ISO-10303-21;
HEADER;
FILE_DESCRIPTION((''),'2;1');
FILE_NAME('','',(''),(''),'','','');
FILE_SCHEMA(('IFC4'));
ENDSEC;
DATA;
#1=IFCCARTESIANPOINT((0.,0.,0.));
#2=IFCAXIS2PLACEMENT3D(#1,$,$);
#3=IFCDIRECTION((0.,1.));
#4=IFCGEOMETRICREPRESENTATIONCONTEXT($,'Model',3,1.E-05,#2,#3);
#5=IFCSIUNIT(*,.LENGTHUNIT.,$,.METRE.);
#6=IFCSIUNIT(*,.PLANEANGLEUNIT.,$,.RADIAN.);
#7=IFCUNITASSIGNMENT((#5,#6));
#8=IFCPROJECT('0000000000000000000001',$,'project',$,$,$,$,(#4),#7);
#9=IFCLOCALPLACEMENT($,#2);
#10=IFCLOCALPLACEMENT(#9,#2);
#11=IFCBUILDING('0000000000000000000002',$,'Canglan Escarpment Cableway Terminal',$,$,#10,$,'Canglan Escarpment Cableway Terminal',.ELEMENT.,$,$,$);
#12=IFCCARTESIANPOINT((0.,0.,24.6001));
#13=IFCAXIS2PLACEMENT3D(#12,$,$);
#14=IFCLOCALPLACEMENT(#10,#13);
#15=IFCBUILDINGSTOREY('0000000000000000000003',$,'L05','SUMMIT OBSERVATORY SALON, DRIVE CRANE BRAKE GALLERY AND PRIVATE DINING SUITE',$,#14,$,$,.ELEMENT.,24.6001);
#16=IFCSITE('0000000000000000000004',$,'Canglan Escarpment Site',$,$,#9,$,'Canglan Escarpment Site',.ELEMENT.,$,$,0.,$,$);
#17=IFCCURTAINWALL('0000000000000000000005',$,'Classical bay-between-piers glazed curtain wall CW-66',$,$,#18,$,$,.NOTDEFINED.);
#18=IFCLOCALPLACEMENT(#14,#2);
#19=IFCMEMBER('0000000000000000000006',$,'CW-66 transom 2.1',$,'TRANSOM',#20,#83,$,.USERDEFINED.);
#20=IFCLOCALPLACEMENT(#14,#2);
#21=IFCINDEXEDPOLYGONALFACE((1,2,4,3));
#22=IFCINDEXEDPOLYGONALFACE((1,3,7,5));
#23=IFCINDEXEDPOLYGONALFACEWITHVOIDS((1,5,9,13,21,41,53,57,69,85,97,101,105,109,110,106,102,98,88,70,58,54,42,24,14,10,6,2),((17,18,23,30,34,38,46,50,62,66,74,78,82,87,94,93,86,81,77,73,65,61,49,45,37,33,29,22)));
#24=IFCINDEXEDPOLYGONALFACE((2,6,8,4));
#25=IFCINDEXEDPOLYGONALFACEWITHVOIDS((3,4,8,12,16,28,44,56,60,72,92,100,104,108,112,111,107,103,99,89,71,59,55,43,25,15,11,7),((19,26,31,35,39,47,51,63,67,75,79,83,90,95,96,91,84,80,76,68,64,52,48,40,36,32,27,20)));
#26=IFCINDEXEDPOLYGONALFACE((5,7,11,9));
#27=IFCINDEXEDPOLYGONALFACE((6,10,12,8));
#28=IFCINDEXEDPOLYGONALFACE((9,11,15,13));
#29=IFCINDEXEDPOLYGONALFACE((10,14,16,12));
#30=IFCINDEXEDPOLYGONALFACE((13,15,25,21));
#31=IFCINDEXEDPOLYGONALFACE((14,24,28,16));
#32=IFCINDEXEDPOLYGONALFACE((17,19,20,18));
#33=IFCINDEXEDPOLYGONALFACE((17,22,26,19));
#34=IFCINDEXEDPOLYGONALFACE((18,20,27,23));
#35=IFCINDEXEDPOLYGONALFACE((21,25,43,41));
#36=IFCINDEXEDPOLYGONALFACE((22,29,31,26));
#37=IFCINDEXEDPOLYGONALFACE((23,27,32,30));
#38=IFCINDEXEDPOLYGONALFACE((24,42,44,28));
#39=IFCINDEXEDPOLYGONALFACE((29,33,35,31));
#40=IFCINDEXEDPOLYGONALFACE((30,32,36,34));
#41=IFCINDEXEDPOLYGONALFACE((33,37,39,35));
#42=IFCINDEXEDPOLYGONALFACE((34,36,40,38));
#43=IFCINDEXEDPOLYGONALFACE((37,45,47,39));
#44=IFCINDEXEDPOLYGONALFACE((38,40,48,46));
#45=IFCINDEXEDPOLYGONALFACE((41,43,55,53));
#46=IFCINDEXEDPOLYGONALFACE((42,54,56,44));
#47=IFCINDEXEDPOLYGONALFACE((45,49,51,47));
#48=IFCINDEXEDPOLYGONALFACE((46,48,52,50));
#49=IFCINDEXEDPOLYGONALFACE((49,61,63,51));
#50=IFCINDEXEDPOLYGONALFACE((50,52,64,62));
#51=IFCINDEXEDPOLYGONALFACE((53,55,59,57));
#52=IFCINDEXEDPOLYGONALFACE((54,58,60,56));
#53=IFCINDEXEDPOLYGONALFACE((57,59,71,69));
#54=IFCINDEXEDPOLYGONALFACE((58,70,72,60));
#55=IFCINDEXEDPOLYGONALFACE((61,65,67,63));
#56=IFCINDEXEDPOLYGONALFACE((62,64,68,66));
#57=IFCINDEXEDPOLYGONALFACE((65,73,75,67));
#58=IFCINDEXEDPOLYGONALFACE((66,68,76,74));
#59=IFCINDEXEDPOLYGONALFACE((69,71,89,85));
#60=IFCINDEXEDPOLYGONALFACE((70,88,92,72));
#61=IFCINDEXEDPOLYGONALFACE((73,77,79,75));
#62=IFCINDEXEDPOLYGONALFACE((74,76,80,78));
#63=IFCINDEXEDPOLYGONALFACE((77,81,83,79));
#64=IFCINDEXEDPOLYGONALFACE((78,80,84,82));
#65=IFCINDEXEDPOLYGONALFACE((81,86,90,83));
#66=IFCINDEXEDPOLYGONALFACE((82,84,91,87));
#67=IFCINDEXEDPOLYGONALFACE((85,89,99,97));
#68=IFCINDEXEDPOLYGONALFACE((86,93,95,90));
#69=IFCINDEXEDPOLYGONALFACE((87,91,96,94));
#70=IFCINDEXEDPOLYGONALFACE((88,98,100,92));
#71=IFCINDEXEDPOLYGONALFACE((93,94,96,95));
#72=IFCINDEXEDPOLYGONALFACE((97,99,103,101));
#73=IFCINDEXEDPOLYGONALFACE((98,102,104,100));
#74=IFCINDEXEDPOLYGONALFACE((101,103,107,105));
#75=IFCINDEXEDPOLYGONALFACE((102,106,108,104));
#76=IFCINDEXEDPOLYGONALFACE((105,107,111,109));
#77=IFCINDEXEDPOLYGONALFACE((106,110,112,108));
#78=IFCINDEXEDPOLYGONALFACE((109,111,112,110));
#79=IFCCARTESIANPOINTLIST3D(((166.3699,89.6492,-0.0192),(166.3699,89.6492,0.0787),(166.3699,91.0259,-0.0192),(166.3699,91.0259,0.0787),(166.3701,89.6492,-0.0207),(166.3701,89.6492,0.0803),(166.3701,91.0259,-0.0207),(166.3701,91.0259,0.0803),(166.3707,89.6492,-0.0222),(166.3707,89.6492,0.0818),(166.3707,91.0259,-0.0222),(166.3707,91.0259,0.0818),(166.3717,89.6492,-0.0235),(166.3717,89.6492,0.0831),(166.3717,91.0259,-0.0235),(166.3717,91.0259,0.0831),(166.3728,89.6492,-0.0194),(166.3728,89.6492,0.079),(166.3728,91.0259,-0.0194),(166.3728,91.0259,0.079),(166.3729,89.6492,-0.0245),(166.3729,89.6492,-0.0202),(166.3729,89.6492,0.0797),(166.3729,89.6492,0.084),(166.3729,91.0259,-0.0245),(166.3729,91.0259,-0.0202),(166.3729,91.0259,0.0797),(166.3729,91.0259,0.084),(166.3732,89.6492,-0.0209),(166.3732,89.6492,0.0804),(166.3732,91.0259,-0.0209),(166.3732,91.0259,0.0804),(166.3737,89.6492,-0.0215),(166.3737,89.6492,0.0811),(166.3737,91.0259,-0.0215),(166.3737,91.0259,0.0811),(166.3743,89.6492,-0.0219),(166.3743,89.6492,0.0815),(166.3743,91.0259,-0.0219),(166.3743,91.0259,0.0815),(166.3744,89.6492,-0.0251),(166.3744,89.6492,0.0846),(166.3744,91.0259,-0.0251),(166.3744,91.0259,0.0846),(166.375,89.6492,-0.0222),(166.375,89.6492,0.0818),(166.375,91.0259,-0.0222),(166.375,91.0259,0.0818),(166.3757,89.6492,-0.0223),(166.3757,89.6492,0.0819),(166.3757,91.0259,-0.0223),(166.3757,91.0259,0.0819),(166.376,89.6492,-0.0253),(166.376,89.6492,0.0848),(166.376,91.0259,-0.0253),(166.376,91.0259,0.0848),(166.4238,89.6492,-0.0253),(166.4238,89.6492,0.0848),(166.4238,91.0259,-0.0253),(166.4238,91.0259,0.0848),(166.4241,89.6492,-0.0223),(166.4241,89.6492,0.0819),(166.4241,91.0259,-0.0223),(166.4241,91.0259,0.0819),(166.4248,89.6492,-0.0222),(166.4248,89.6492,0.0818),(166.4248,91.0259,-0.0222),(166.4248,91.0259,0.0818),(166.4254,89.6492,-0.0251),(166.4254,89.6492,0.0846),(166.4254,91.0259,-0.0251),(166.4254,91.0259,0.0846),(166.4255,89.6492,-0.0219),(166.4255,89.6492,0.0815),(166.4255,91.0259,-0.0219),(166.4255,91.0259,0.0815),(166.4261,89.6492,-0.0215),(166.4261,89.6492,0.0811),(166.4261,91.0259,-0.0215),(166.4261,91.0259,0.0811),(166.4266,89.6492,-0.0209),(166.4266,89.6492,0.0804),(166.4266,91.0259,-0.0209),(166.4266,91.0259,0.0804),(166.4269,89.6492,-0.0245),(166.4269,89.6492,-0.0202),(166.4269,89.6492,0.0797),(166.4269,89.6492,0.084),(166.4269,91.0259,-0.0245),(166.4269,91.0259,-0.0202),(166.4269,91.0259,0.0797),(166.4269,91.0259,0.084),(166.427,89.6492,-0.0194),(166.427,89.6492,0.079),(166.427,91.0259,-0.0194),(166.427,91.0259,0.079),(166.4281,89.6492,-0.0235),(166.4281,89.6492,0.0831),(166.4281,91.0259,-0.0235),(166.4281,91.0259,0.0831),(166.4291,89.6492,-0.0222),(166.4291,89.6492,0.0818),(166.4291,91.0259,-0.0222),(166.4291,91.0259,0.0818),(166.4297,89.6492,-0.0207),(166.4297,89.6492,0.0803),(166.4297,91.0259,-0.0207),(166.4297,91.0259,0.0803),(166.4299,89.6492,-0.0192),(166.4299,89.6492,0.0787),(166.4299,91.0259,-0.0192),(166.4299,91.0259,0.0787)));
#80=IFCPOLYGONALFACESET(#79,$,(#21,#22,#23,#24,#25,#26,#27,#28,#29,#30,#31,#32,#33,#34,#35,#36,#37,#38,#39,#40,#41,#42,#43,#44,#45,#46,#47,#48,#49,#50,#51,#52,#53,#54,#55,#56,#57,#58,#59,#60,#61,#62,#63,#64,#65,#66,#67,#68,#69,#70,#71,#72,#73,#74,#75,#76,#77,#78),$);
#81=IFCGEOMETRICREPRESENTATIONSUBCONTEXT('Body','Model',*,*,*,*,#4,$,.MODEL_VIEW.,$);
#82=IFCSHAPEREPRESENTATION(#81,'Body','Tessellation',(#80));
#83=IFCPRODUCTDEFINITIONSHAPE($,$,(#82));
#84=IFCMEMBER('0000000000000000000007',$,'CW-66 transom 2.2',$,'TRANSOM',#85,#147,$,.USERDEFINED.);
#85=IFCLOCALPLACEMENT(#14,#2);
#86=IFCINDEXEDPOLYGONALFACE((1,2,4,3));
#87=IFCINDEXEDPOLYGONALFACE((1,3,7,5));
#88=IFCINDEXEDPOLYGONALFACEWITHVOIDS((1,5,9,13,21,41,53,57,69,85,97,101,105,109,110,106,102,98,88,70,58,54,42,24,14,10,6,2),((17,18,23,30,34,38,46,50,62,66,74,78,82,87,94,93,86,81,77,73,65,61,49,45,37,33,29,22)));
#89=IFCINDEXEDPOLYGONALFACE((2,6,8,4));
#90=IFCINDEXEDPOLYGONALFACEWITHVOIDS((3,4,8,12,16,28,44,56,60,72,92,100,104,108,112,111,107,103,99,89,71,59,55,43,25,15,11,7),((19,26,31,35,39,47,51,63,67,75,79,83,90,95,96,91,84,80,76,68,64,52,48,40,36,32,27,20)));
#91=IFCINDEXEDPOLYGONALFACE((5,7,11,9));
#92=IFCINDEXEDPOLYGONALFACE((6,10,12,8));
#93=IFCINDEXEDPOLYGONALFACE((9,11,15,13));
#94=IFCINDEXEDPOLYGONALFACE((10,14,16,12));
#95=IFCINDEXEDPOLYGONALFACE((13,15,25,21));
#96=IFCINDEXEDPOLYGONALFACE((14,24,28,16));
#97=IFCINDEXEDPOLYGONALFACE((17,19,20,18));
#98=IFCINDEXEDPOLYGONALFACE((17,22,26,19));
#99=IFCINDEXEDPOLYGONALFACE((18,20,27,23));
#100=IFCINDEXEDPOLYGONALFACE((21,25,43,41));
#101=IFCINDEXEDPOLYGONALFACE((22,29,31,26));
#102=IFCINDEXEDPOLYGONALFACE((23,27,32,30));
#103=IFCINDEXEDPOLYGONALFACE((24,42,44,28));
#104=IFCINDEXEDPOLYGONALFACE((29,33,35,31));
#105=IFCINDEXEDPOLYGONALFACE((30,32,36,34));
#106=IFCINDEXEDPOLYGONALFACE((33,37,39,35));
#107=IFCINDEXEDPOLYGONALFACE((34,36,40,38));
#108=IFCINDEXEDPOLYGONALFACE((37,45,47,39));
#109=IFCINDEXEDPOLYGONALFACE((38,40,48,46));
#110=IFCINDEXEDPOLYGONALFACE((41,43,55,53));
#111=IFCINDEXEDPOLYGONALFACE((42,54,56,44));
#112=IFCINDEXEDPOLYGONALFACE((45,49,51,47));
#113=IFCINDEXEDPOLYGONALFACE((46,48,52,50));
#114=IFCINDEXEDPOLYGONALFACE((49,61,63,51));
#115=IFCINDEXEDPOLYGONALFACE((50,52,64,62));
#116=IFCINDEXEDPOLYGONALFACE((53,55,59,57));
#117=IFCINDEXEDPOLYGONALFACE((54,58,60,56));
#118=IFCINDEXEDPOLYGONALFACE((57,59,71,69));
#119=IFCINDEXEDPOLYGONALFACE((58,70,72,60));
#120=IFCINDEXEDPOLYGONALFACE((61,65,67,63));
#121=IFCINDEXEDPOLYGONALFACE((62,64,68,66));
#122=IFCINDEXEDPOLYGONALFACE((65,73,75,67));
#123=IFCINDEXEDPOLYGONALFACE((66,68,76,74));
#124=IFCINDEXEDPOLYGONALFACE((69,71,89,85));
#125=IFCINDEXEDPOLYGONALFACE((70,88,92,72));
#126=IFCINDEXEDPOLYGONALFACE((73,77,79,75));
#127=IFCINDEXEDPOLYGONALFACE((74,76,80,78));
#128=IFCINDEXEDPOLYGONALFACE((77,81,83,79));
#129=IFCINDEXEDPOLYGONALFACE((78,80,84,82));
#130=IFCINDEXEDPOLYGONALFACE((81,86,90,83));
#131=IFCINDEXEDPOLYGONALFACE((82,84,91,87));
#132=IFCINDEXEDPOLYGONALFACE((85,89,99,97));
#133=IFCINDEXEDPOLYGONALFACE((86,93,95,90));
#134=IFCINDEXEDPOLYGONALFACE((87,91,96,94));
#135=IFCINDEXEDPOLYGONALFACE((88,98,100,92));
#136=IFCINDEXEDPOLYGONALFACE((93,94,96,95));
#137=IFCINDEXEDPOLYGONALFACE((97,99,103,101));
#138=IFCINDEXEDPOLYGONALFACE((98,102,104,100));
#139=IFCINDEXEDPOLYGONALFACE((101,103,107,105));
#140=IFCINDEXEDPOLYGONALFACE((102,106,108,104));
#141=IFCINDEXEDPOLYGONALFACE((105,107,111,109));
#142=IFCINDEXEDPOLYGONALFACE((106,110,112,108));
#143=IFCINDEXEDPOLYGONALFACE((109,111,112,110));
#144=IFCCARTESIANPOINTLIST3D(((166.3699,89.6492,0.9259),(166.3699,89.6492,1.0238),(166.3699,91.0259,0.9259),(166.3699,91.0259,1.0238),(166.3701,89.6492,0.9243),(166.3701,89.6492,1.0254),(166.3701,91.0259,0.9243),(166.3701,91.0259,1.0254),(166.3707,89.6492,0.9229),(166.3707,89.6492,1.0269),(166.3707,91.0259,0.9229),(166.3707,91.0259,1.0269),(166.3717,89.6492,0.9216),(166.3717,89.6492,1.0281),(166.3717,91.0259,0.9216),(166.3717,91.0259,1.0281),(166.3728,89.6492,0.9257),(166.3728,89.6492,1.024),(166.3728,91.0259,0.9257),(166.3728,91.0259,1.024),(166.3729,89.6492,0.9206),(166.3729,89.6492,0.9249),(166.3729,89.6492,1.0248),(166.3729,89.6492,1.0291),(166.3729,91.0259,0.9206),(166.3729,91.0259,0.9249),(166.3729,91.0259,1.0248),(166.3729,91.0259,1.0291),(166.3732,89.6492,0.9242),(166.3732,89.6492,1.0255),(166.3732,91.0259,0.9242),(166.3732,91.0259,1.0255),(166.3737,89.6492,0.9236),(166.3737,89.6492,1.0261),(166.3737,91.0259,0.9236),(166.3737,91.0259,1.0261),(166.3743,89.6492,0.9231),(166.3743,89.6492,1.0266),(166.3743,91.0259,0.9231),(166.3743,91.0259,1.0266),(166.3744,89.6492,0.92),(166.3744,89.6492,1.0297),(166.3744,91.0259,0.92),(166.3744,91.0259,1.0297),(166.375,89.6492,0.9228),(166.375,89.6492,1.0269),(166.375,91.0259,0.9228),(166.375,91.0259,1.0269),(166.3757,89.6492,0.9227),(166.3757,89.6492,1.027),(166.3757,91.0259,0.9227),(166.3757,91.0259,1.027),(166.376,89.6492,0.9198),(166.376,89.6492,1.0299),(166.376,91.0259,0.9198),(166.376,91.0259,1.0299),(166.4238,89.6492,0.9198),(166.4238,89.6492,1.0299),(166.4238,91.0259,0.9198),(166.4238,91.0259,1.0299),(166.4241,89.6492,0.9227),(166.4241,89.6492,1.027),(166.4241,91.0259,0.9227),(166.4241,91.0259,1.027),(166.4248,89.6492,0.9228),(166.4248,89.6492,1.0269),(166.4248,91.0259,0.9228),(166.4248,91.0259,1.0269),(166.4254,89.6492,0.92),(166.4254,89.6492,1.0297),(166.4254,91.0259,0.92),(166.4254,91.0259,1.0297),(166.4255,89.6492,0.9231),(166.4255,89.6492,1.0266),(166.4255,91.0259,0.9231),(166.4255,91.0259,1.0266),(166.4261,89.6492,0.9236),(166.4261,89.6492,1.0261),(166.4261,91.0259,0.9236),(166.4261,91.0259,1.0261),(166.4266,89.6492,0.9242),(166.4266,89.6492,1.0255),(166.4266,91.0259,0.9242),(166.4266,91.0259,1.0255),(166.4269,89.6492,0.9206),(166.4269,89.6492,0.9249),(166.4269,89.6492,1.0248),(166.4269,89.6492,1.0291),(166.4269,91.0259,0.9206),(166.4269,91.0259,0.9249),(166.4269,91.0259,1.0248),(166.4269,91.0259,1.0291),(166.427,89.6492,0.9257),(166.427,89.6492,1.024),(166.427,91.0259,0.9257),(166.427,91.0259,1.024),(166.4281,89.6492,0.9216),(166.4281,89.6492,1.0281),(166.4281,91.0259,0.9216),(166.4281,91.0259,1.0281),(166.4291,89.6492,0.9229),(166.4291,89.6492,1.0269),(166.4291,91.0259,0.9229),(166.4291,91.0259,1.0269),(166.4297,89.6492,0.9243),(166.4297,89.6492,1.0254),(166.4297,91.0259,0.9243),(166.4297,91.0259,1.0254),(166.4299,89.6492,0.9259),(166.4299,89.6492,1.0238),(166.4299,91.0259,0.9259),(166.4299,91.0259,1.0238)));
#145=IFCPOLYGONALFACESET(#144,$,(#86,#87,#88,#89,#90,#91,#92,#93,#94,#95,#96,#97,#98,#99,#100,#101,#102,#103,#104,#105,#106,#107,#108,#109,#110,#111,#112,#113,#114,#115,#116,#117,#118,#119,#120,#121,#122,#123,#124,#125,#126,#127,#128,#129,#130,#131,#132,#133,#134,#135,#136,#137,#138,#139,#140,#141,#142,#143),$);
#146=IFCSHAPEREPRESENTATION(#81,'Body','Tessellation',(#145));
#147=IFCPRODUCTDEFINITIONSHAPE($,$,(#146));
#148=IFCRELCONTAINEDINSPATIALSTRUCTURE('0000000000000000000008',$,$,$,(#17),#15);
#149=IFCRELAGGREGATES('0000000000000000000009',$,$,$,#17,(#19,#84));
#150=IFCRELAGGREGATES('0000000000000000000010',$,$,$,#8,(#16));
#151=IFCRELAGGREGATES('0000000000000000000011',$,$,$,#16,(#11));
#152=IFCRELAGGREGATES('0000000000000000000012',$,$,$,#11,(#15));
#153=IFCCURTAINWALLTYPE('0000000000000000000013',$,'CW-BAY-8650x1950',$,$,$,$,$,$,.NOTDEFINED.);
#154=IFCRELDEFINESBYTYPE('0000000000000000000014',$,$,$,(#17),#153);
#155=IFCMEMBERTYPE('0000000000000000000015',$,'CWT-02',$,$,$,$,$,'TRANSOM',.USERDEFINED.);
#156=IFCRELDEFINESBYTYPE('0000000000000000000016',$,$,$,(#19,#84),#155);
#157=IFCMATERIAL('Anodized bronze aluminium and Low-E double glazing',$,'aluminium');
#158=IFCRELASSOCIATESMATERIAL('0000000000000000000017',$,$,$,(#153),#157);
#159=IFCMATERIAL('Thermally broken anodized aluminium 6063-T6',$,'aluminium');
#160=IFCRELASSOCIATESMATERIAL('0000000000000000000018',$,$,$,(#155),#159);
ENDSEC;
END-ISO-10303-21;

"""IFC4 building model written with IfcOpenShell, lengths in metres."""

from ifc_helpers import new_model, si_unit, direction, frame, origin, origin_2d, place, context, subcontext, project, spatial, hollow_rectangle, extrude, material, material_profile, profile_set, type_object, element, aggregate, save


model = new_model("IFC4")

# Units and contexts
model_context = context("Model", 3, precision=1e-05, world=origin(), true_north=direction((0.0, 1.0)))
body_context = subcontext(model_context, "Body", "Model", "MODEL_VIEW")
ifc_project = project(units=[si_unit("LENGTHUNIT", "METRE"), si_unit("PLANEANGLEUNIT", "RADIAN")], contexts=[model_context])

# Site, building, storey
site_placement = place(None, origin())
site = spatial("IfcSite", under=ifc_project, at=site_placement, Name="Canglan Escarpment Site", LongName="Canglan Escarpment Site", CompositionType="ELEMENT", RefElevation=0.0)
building_placement = place(site_placement, origin())
building = spatial("IfcBuilding", under=site, at=building_placement, Name="Canglan Escarpment Cableway Terminal", LongName="Canglan Escarpment Cableway Terminal", CompositionType="ELEMENT")
storey_placement = place(building_placement, frame((0.0, 0.0, 24.6001)))
storey = spatial("IfcBuildingStorey", under=building, at=storey_placement, Name="L05", Description="SUMMIT OBSERVATORY SALON, DRIVE CRANE BRAKE GALLERY AND PRIVATE DINING SUITE", CompositionType="ELEMENT", Elevation=24.6001)

# Curtain wall
ifc_material_1 = material(Name="Anodized bronze aluminium and Low-E double glazing", Category="aluminium")
curtain_wall_type = type_object("IfcCurtainWallType", Name="CW-BAY-8650x1950", PredefinedType="NOTDEFINED", material=ifc_material_1)
ifc_material_2 = material(Name="Thermally broken anodized aluminium 6063-T6", Category="aluminium")
curtain_wall_1_placement = place(storey_placement, origin())
curtain_wall_1 = element("IfcCurtainWall", 1, at=curtain_wall_1_placement, inside=storey, type_object=curtain_wall_type, Name="Classical bay-between-piers glazed curtain wall CW-66", PredefinedType="NOTDEFINED")

# Members
ifc_material_profile_1 = material_profile(ifc_material_2, hollow_rectangle(XDim=0.0601, YDim=0.1101, WallThickness=0.0029, InnerFilletRadius=0.0029, OuterFilletRadius=0.0061, at=origin_2d()), Name="ALU-TRAN 60x110x3")
ifc_profile_set_1 = profile_set([ifc_material_profile_1], Name="Thermally broken anodized aluminium 6063-T6")
member_type_1 = type_object("IfcMemberType", Name="CWT-02", ElementType="TRANSOM", PredefinedType="USERDEFINED", material=ifc_profile_set_1)
member_1_placement = place(storey_placement, frame((166.3999, 89.6492, 0.0298), z_axis=(0.0, 1.0, 0.0), x_axis=(-1.0, 0.0, 0.0)))
member_1 = element("IfcMember", 2, at=member_1_placement, type_object=member_type_1, Name="CW-66 transom 2.1", ObjectType="TRANSOM", PredefinedType="USERDEFINED", context=body_context, shape_type="SweptSolid", body=[
    extrude(hollow_rectangle(XDim=0.0601, YDim=0.1101, WallThickness=0.0029, InnerFilletRadius=0.0029, OuterFilletRadius=0.0061, at=origin_2d()), origin(), (0.0, 0.0, 1.0), 1.3767),
])
member_2_placement = place(storey_placement, frame((166.3999, 89.6492, 0.9749), z_axis=(0.0, 1.0, 0.0), x_axis=(-1.0, 0.0, 0.0)))
member_2 = element("IfcMember", 3, at=member_2_placement, type_object=member_type_1, Name="CW-66 transom 2.2", ObjectType="TRANSOM", PredefinedType="USERDEFINED", context=body_context, shape_type="SweptSolid", body=[
    extrude(hollow_rectangle(XDim=0.0601, YDim=0.1101, WallThickness=0.0029, InnerFilletRadius=0.0029, OuterFilletRadius=0.0061, at=origin_2d()), origin(), (0.0, 0.0, 1.0), 1.3767),
])

aggregate(curtain_wall_1, [member_1, member_2])

save(model, "model.ifc")
